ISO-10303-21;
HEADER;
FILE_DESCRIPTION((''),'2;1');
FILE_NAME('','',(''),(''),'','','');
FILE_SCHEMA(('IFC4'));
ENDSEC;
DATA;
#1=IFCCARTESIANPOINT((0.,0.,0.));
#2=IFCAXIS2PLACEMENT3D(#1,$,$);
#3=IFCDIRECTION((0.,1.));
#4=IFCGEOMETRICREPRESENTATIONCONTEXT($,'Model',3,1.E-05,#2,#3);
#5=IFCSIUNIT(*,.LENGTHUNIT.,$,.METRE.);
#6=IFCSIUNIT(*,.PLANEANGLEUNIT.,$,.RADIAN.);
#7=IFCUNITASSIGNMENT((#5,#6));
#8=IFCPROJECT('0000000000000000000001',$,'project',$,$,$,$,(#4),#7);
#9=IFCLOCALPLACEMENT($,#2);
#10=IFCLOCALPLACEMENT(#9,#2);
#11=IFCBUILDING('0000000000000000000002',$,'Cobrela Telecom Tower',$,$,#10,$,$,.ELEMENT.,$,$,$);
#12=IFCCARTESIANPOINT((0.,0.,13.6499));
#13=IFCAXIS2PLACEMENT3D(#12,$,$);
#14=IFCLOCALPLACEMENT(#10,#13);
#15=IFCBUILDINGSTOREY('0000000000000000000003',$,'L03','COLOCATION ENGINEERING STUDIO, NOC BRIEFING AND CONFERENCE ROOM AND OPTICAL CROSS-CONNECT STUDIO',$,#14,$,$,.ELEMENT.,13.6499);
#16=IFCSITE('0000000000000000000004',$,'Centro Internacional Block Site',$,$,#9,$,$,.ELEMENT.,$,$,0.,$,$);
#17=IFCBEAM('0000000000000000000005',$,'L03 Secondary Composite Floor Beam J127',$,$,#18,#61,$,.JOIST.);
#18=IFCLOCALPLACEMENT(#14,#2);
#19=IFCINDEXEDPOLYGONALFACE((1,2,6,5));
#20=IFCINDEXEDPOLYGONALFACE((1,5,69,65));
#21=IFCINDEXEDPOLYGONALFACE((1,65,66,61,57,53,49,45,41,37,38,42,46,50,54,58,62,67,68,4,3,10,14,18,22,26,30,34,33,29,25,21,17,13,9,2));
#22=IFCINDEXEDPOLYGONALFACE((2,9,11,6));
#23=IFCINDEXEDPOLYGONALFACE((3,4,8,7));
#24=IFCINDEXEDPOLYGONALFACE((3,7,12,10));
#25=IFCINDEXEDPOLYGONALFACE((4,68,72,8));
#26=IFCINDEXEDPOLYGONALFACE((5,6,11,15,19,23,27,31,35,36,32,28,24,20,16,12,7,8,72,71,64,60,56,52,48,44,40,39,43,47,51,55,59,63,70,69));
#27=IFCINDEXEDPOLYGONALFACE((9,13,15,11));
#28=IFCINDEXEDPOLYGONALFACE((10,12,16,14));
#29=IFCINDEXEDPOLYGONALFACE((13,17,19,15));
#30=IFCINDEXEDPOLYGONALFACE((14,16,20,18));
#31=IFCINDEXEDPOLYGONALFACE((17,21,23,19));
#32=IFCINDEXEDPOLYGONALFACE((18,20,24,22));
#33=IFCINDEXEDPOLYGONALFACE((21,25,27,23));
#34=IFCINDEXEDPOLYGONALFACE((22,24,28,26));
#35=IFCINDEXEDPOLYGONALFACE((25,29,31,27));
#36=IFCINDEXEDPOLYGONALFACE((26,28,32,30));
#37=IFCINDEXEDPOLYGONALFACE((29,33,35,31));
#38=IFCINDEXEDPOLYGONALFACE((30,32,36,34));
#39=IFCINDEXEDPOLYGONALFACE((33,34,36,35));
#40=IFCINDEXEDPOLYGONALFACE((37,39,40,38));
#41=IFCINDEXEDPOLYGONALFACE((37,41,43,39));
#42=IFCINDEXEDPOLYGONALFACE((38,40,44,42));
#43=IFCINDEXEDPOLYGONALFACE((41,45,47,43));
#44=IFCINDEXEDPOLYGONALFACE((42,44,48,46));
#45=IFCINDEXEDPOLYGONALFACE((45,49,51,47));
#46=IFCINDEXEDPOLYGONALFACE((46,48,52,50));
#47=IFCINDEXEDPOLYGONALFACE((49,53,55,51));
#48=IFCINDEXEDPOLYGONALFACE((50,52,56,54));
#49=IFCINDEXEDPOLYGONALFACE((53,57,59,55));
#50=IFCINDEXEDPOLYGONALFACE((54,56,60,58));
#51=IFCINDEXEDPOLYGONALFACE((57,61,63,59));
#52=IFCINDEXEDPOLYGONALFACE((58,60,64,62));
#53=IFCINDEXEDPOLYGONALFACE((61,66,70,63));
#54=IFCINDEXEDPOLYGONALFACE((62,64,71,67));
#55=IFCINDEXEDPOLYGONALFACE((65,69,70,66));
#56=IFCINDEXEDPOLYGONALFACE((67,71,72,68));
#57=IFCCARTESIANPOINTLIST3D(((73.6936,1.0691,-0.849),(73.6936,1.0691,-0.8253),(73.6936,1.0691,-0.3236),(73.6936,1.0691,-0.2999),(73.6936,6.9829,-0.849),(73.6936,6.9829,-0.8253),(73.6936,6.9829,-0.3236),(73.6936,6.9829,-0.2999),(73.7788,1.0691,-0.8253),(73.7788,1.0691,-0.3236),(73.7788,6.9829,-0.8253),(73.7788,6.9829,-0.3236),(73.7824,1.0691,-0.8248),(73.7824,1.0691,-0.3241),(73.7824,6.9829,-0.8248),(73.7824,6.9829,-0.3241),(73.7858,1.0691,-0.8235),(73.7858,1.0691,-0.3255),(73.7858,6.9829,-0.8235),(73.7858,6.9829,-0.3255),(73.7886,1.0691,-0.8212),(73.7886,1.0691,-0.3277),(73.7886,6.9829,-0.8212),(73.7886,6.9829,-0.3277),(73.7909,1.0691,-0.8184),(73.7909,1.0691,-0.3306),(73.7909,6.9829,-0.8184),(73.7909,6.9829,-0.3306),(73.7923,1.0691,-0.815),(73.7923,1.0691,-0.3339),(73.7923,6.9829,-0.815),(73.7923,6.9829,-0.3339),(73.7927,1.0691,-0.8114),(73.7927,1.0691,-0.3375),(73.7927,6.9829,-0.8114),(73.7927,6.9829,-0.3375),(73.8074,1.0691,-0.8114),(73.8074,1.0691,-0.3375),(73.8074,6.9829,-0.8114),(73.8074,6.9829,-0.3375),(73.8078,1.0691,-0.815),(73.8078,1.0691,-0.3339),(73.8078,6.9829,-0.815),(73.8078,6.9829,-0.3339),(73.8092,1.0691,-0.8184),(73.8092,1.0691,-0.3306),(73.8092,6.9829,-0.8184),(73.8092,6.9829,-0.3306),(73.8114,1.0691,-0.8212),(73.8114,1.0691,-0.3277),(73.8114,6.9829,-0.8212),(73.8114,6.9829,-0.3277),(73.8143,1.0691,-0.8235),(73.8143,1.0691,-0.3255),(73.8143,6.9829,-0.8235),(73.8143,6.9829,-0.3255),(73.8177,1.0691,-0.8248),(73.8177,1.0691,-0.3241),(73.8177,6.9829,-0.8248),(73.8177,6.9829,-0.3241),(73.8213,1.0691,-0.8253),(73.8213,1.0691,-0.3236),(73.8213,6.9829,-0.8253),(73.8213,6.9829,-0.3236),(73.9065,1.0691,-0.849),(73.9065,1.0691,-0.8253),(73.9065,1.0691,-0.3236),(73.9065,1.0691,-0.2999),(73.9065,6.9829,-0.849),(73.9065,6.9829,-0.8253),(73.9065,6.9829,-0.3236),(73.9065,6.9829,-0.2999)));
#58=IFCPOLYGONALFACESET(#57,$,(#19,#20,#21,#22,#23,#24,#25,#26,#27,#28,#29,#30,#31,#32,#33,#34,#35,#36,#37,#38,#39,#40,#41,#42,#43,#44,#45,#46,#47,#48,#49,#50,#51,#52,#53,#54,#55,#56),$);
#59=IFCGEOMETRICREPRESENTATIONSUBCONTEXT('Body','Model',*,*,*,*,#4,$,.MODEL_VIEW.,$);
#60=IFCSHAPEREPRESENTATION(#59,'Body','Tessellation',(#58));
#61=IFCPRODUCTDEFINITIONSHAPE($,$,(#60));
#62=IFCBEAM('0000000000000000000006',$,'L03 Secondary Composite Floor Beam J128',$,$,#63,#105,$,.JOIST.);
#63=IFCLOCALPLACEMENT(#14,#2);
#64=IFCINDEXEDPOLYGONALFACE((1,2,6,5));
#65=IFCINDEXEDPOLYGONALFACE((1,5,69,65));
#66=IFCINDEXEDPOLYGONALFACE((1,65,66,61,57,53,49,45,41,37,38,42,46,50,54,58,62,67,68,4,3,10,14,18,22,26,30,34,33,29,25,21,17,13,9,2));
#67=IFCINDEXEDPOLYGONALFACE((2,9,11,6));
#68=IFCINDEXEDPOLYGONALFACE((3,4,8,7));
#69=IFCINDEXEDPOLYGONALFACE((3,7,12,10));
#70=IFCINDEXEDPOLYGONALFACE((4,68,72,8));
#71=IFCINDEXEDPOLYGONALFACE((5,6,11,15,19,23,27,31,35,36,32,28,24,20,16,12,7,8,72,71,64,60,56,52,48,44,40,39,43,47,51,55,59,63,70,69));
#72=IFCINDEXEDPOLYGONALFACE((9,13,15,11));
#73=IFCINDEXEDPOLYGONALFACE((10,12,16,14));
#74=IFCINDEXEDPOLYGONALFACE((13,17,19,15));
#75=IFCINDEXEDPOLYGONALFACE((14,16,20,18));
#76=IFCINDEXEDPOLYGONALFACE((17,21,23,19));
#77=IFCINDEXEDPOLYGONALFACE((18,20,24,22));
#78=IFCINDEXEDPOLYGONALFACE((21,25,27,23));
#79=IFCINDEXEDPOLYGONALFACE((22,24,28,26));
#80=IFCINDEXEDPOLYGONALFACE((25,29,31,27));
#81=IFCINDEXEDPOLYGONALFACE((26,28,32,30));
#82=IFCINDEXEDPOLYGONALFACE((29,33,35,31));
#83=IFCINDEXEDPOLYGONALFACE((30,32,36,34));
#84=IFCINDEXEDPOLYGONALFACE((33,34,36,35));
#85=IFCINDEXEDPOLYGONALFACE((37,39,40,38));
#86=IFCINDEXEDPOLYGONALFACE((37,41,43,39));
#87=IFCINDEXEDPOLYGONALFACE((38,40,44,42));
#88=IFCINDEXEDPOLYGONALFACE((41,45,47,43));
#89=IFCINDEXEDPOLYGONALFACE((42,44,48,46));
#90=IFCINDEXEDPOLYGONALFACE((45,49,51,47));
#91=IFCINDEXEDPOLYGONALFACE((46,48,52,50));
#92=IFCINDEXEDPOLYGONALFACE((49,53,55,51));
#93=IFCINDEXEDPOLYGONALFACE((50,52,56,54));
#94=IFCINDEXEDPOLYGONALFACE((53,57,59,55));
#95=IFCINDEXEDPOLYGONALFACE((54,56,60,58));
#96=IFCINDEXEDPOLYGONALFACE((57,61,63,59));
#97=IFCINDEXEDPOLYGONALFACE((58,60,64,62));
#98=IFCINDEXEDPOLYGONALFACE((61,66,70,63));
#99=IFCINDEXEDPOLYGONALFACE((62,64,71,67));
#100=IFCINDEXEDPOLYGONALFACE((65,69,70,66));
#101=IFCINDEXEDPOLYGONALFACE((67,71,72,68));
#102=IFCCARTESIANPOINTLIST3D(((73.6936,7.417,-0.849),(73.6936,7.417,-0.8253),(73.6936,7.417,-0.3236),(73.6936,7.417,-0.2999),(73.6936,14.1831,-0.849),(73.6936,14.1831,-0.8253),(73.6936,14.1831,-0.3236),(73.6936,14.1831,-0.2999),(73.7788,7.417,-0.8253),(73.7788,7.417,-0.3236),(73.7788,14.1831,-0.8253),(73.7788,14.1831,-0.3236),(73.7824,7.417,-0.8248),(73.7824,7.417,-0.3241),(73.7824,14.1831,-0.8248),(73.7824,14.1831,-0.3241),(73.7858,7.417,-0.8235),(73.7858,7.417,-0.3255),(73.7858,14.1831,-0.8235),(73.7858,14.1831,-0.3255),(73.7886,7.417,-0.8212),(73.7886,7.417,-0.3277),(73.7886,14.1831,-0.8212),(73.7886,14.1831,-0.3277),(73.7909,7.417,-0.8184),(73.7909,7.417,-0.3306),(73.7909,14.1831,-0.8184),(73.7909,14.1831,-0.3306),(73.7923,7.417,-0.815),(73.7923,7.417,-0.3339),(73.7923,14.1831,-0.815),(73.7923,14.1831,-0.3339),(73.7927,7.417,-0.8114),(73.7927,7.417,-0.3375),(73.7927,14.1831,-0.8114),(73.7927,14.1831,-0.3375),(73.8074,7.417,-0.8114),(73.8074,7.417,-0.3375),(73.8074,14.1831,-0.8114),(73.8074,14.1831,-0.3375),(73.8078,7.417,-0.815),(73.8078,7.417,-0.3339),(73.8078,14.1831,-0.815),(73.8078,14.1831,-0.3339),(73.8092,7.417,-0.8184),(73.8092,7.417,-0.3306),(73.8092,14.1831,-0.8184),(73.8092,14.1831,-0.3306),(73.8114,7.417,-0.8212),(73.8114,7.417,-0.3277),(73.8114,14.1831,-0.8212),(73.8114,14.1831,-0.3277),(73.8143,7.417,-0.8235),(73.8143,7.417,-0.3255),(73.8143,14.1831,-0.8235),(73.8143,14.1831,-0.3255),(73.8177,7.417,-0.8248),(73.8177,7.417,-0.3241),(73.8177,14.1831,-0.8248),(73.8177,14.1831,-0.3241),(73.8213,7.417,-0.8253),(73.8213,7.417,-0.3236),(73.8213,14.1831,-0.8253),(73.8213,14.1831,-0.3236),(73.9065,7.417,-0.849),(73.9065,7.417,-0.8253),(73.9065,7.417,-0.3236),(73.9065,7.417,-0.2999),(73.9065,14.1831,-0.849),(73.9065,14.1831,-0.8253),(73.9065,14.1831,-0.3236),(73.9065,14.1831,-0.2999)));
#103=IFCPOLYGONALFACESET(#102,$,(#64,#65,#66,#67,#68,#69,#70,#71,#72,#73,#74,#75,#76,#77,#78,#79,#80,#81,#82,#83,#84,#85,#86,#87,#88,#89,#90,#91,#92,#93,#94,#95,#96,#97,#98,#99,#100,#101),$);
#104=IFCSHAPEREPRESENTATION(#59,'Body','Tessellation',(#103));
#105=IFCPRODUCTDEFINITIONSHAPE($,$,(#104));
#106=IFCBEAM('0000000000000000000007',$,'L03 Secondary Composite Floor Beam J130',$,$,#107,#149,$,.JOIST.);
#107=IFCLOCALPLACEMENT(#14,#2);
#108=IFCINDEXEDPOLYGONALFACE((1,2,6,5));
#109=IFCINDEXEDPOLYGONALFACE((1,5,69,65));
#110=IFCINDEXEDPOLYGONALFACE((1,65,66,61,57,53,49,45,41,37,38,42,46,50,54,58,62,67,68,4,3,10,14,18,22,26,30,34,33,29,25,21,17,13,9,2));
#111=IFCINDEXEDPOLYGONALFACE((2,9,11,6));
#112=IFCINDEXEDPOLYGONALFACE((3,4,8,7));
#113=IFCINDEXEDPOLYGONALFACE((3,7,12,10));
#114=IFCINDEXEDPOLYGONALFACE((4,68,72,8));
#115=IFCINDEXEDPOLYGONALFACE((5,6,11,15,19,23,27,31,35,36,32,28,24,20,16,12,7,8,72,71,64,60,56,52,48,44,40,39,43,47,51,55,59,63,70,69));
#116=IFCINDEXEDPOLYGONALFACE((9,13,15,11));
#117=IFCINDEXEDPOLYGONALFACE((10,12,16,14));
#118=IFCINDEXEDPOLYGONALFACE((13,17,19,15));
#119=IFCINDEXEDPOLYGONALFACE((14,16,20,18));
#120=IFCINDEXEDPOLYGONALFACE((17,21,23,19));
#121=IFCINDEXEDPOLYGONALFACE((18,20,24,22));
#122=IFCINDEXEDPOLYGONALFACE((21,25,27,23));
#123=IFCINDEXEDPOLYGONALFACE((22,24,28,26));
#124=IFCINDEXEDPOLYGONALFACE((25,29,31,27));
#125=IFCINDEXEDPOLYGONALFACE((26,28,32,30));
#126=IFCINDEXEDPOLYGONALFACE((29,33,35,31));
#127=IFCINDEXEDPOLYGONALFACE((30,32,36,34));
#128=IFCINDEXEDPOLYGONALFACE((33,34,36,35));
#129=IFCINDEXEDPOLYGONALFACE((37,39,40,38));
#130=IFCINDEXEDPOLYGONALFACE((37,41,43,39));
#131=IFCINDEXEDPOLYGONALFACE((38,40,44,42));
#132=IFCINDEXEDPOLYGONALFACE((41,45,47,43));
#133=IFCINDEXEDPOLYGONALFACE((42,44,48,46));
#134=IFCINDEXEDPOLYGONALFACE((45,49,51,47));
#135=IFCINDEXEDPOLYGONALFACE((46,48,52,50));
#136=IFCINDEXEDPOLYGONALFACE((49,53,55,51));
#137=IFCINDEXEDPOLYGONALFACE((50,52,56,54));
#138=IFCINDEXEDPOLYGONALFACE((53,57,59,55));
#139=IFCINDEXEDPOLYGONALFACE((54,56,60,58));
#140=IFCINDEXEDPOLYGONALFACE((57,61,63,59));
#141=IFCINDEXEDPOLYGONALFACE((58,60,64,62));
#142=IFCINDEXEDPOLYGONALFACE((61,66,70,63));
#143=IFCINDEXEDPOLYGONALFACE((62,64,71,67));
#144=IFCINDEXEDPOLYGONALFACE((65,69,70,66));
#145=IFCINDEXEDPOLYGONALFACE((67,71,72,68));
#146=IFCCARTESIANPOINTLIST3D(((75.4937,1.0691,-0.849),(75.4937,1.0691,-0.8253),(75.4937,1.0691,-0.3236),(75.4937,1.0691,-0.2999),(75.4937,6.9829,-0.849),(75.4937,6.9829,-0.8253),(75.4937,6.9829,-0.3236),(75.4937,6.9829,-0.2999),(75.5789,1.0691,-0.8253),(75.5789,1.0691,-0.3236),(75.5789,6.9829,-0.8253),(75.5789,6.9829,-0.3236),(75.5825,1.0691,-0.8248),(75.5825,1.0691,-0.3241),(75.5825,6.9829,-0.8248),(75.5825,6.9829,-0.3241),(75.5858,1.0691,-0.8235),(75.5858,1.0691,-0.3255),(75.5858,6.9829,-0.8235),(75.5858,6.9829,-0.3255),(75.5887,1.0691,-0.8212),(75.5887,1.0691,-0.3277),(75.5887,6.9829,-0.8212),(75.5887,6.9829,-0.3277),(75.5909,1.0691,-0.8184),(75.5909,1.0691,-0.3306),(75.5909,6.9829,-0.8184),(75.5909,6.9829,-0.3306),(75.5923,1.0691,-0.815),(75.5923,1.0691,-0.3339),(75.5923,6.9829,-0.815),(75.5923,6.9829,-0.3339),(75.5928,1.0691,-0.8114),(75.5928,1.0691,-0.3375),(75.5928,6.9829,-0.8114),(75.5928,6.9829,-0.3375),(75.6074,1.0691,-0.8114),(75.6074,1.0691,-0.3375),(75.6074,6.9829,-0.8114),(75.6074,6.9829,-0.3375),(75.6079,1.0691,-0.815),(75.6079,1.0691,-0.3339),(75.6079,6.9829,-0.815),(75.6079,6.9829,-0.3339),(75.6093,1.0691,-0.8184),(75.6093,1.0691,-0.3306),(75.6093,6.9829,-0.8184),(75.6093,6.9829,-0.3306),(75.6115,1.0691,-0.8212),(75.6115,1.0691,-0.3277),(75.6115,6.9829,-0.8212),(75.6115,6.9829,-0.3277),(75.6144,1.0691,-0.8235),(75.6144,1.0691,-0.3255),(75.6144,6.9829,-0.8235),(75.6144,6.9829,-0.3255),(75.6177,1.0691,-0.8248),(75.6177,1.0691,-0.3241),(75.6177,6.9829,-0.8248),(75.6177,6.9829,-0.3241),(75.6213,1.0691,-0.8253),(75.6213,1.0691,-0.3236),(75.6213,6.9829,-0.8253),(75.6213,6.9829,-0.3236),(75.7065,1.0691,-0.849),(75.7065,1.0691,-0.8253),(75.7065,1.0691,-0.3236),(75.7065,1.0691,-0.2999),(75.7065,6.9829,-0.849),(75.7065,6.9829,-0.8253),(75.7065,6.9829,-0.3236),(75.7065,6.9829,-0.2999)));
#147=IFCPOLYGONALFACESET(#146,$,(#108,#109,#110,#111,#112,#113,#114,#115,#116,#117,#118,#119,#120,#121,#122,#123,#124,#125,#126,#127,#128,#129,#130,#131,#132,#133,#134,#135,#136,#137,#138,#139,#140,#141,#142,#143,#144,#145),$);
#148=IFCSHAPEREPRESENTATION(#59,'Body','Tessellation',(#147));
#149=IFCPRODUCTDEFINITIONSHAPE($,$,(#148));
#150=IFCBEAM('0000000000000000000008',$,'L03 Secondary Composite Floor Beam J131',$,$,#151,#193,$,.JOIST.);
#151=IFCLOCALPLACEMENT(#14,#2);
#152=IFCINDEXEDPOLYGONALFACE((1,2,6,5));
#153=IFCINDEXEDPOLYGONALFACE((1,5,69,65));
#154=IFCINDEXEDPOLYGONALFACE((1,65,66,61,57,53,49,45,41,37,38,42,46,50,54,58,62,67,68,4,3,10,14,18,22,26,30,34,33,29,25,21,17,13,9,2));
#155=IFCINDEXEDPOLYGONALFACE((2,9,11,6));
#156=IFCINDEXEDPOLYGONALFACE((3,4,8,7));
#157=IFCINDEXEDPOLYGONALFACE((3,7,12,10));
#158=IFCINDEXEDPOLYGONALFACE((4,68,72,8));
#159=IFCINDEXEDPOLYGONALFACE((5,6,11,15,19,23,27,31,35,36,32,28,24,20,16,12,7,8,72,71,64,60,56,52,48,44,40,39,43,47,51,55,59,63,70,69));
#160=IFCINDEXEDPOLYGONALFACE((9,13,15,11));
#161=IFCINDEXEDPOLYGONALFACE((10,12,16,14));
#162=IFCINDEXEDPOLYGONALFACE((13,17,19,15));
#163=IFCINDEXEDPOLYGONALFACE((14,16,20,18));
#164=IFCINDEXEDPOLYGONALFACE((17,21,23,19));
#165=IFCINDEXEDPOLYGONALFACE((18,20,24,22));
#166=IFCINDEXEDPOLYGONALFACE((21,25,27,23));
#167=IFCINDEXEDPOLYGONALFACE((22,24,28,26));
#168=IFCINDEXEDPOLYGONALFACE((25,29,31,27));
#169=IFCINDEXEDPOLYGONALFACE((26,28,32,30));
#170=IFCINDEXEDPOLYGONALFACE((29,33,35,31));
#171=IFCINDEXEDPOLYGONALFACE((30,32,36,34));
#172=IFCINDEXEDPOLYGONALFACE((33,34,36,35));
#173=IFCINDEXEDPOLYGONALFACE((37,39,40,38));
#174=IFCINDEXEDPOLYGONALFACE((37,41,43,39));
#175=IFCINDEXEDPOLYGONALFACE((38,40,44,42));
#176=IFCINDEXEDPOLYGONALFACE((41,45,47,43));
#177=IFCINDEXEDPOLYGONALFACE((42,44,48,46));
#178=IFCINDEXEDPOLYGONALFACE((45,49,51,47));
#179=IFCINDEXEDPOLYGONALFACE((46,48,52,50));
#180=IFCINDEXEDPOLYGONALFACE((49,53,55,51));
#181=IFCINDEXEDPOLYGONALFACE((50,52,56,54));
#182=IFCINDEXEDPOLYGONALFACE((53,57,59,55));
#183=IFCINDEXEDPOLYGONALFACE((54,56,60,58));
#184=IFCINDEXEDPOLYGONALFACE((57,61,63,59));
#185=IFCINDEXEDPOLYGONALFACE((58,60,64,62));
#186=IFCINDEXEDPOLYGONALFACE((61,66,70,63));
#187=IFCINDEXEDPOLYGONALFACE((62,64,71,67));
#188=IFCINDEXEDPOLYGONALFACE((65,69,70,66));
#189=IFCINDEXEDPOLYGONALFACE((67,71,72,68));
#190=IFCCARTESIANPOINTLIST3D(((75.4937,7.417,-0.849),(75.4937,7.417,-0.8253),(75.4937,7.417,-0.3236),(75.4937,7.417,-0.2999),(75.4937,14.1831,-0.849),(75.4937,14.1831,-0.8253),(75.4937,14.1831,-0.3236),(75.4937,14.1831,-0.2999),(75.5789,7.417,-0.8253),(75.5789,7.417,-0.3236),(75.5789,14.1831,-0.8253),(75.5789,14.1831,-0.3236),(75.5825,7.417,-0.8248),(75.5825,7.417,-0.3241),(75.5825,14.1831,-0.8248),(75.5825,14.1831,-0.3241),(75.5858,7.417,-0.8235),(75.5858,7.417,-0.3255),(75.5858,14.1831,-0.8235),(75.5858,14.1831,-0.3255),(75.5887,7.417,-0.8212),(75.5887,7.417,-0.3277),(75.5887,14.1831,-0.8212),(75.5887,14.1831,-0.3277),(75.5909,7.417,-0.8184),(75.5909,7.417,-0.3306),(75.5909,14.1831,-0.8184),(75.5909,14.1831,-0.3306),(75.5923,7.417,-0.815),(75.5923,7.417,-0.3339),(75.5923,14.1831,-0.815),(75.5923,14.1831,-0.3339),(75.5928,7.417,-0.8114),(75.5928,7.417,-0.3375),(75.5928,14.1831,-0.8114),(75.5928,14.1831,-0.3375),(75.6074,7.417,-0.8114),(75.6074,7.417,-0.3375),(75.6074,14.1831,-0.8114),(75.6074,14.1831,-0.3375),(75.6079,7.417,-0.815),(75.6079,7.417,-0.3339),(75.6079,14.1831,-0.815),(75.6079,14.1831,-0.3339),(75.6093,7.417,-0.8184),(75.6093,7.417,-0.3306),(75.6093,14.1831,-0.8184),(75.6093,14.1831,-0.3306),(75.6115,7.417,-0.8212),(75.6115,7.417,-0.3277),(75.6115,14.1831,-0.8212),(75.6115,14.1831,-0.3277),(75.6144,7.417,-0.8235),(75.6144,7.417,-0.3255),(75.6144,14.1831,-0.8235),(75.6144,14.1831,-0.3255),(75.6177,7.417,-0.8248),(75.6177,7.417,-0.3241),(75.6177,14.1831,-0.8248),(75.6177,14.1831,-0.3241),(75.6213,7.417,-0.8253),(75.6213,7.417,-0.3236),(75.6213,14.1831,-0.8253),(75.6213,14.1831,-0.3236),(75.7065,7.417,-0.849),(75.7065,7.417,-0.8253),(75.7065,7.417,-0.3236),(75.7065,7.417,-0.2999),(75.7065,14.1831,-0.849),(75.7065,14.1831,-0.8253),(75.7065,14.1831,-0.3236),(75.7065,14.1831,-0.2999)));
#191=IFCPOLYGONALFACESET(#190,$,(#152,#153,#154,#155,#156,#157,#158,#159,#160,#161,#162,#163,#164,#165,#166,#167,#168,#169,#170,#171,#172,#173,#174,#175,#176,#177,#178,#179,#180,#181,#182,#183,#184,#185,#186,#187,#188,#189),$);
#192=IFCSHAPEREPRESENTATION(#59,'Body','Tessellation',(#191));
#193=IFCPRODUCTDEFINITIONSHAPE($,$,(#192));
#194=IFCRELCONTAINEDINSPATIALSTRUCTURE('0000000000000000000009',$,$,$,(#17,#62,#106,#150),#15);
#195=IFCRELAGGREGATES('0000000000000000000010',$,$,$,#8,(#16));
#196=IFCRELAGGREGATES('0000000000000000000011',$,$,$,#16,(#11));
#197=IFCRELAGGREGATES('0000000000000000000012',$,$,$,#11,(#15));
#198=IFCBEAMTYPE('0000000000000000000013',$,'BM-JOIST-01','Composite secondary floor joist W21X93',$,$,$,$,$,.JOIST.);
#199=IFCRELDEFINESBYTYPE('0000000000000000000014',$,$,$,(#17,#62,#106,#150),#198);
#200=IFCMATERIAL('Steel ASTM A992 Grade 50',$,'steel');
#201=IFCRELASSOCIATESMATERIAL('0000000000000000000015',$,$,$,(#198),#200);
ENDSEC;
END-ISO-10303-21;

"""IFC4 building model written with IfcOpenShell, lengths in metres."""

from ifc_helpers import new_model, si_unit, direction, frame, origin, origin_2d, place, context, subcontext, project, spatial, i_section, extrude, material, material_profile, profile_set, type_object, element, save


model = new_model("IFC4")

# Units and contexts
model_context = context("Model", 3, precision=1e-05, world=origin(), true_north=direction((0.0, 1.0)))
body_context = subcontext(model_context, "Body", "Model", "MODEL_VIEW")
ifc_project = project(units=[si_unit("LENGTHUNIT", "METRE"), si_unit("PLANEANGLEUNIT", "RADIAN")], contexts=[model_context])

# Site, building, storey
site_placement = place(None, origin())
site = spatial("IfcSite", under=ifc_project, at=site_placement, Name="Centro Internacional Block Site", CompositionType="ELEMENT", RefElevation=0.0)
building_placement = place(site_placement, origin())
building = spatial("IfcBuilding", under=site, at=building_placement, Name="Cobrela Telecom Tower", CompositionType="ELEMENT")
storey_placement = place(building_placement, frame((0.0, 0.0, 13.6499)))
storey = spatial("IfcBuildingStorey", under=building, at=storey_placement, Name="L03", Description="COLOCATION ENGINEERING STUDIO, NOC BRIEFING AND CONFERENCE ROOM AND OPTICAL CROSS-CONNECT STUDIO", CompositionType="ELEMENT", Elevation=13.6499)

# Beams
ifc_material_1 = material(Name="Steel ASTM A992 Grade 50", Category="steel")
ifc_material_profile_1 = material_profile(ifc_material_1, i_section(OverallWidth=0.2129, OverallDepth=0.5491, WebThickness=0.0146, FlangeThickness=0.0237, FilletRadius=0.0139, at=origin_2d()), Name="W21X93")
ifc_profile_set_1 = profile_set([ifc_material_profile_1], Name="Steel ASTM A992 Grade 50")
beam_type_1 = type_object("IfcBeamType", Name="BM-JOIST-01", Description="Composite secondary floor joist W21X93", PredefinedType="JOIST", material=ifc_profile_set_1)
beam_1_placement = place(storey_placement, frame((73.8, 1.0691, -0.5745), z_axis=(0.0, 1.0, 0.0), x_axis=(-1.0, 0.0, 0.0)))
element("IfcBeam", 1, at=beam_1_placement, inside=storey, type_object=beam_type_1, Name="L03 Secondary Composite Floor Beam J127", PredefinedType="JOIST", context=body_context, shape_type="SweptSolid", body=[
    extrude(i_section(OverallWidth=0.2129, OverallDepth=0.5491, WebThickness=0.0146, FlangeThickness=0.0237, FilletRadius=0.0139, at=origin_2d()), origin(), (0.0, 0.0, 1.0), 5.9138),
])
beam_2_placement = place(storey_placement, frame((73.8, 7.417, -0.5745), z_axis=(0.0, 1.0, 0.0), x_axis=(-1.0, 0.0, 0.0)))
element("IfcBeam", 2, at=beam_2_placement, inside=storey, type_object=beam_type_1, Name="L03 Secondary Composite Floor Beam J128", PredefinedType="JOIST", context=body_context, shape_type="SweptSolid", body=[
    extrude(i_section(OverallWidth=0.2129, OverallDepth=0.5491, WebThickness=0.0146, FlangeThickness=0.0237, FilletRadius=0.0139, at=origin_2d()), origin(), (0.0, 0.0, 1.0), 6.7661),
])
beam_3_placement = place(storey_placement, frame((75.6001, 1.0691, -0.5745), z_axis=(0.0, 1.0, 0.0), x_axis=(-1.0, 0.0, 0.0)))
element("IfcBeam", 3, at=beam_3_placement, inside=storey, type_object=beam_type_1, Name="L03 Secondary Composite Floor Beam J130", PredefinedType="JOIST", context=body_context, shape_type="SweptSolid", body=[
    extrude(i_section(OverallWidth=0.2129, OverallDepth=0.5491, WebThickness=0.0146, FlangeThickness=0.0237, FilletRadius=0.0139, at=origin_2d()), origin(), (0.0, 0.0, 1.0), 5.9138),
])
beam_4_placement = place(storey_placement, frame((75.6001, 7.417, -0.5745), z_axis=(0.0, 1.0, 0.0), x_axis=(-1.0, 0.0, 0.0)))
element("IfcBeam", 4, at=beam_4_placement, inside=storey, type_object=beam_type_1, Name="L03 Secondary Composite Floor Beam J131", PredefinedType="JOIST", context=body_context, shape_type="SweptSolid", body=[
    extrude(i_section(OverallWidth=0.2129, OverallDepth=0.5491, WebThickness=0.0146, FlangeThickness=0.0237, FilletRadius=0.0139, at=origin_2d()), origin(), (0.0, 0.0, 1.0), 6.7661),
])

save(model, "model.ifc")
